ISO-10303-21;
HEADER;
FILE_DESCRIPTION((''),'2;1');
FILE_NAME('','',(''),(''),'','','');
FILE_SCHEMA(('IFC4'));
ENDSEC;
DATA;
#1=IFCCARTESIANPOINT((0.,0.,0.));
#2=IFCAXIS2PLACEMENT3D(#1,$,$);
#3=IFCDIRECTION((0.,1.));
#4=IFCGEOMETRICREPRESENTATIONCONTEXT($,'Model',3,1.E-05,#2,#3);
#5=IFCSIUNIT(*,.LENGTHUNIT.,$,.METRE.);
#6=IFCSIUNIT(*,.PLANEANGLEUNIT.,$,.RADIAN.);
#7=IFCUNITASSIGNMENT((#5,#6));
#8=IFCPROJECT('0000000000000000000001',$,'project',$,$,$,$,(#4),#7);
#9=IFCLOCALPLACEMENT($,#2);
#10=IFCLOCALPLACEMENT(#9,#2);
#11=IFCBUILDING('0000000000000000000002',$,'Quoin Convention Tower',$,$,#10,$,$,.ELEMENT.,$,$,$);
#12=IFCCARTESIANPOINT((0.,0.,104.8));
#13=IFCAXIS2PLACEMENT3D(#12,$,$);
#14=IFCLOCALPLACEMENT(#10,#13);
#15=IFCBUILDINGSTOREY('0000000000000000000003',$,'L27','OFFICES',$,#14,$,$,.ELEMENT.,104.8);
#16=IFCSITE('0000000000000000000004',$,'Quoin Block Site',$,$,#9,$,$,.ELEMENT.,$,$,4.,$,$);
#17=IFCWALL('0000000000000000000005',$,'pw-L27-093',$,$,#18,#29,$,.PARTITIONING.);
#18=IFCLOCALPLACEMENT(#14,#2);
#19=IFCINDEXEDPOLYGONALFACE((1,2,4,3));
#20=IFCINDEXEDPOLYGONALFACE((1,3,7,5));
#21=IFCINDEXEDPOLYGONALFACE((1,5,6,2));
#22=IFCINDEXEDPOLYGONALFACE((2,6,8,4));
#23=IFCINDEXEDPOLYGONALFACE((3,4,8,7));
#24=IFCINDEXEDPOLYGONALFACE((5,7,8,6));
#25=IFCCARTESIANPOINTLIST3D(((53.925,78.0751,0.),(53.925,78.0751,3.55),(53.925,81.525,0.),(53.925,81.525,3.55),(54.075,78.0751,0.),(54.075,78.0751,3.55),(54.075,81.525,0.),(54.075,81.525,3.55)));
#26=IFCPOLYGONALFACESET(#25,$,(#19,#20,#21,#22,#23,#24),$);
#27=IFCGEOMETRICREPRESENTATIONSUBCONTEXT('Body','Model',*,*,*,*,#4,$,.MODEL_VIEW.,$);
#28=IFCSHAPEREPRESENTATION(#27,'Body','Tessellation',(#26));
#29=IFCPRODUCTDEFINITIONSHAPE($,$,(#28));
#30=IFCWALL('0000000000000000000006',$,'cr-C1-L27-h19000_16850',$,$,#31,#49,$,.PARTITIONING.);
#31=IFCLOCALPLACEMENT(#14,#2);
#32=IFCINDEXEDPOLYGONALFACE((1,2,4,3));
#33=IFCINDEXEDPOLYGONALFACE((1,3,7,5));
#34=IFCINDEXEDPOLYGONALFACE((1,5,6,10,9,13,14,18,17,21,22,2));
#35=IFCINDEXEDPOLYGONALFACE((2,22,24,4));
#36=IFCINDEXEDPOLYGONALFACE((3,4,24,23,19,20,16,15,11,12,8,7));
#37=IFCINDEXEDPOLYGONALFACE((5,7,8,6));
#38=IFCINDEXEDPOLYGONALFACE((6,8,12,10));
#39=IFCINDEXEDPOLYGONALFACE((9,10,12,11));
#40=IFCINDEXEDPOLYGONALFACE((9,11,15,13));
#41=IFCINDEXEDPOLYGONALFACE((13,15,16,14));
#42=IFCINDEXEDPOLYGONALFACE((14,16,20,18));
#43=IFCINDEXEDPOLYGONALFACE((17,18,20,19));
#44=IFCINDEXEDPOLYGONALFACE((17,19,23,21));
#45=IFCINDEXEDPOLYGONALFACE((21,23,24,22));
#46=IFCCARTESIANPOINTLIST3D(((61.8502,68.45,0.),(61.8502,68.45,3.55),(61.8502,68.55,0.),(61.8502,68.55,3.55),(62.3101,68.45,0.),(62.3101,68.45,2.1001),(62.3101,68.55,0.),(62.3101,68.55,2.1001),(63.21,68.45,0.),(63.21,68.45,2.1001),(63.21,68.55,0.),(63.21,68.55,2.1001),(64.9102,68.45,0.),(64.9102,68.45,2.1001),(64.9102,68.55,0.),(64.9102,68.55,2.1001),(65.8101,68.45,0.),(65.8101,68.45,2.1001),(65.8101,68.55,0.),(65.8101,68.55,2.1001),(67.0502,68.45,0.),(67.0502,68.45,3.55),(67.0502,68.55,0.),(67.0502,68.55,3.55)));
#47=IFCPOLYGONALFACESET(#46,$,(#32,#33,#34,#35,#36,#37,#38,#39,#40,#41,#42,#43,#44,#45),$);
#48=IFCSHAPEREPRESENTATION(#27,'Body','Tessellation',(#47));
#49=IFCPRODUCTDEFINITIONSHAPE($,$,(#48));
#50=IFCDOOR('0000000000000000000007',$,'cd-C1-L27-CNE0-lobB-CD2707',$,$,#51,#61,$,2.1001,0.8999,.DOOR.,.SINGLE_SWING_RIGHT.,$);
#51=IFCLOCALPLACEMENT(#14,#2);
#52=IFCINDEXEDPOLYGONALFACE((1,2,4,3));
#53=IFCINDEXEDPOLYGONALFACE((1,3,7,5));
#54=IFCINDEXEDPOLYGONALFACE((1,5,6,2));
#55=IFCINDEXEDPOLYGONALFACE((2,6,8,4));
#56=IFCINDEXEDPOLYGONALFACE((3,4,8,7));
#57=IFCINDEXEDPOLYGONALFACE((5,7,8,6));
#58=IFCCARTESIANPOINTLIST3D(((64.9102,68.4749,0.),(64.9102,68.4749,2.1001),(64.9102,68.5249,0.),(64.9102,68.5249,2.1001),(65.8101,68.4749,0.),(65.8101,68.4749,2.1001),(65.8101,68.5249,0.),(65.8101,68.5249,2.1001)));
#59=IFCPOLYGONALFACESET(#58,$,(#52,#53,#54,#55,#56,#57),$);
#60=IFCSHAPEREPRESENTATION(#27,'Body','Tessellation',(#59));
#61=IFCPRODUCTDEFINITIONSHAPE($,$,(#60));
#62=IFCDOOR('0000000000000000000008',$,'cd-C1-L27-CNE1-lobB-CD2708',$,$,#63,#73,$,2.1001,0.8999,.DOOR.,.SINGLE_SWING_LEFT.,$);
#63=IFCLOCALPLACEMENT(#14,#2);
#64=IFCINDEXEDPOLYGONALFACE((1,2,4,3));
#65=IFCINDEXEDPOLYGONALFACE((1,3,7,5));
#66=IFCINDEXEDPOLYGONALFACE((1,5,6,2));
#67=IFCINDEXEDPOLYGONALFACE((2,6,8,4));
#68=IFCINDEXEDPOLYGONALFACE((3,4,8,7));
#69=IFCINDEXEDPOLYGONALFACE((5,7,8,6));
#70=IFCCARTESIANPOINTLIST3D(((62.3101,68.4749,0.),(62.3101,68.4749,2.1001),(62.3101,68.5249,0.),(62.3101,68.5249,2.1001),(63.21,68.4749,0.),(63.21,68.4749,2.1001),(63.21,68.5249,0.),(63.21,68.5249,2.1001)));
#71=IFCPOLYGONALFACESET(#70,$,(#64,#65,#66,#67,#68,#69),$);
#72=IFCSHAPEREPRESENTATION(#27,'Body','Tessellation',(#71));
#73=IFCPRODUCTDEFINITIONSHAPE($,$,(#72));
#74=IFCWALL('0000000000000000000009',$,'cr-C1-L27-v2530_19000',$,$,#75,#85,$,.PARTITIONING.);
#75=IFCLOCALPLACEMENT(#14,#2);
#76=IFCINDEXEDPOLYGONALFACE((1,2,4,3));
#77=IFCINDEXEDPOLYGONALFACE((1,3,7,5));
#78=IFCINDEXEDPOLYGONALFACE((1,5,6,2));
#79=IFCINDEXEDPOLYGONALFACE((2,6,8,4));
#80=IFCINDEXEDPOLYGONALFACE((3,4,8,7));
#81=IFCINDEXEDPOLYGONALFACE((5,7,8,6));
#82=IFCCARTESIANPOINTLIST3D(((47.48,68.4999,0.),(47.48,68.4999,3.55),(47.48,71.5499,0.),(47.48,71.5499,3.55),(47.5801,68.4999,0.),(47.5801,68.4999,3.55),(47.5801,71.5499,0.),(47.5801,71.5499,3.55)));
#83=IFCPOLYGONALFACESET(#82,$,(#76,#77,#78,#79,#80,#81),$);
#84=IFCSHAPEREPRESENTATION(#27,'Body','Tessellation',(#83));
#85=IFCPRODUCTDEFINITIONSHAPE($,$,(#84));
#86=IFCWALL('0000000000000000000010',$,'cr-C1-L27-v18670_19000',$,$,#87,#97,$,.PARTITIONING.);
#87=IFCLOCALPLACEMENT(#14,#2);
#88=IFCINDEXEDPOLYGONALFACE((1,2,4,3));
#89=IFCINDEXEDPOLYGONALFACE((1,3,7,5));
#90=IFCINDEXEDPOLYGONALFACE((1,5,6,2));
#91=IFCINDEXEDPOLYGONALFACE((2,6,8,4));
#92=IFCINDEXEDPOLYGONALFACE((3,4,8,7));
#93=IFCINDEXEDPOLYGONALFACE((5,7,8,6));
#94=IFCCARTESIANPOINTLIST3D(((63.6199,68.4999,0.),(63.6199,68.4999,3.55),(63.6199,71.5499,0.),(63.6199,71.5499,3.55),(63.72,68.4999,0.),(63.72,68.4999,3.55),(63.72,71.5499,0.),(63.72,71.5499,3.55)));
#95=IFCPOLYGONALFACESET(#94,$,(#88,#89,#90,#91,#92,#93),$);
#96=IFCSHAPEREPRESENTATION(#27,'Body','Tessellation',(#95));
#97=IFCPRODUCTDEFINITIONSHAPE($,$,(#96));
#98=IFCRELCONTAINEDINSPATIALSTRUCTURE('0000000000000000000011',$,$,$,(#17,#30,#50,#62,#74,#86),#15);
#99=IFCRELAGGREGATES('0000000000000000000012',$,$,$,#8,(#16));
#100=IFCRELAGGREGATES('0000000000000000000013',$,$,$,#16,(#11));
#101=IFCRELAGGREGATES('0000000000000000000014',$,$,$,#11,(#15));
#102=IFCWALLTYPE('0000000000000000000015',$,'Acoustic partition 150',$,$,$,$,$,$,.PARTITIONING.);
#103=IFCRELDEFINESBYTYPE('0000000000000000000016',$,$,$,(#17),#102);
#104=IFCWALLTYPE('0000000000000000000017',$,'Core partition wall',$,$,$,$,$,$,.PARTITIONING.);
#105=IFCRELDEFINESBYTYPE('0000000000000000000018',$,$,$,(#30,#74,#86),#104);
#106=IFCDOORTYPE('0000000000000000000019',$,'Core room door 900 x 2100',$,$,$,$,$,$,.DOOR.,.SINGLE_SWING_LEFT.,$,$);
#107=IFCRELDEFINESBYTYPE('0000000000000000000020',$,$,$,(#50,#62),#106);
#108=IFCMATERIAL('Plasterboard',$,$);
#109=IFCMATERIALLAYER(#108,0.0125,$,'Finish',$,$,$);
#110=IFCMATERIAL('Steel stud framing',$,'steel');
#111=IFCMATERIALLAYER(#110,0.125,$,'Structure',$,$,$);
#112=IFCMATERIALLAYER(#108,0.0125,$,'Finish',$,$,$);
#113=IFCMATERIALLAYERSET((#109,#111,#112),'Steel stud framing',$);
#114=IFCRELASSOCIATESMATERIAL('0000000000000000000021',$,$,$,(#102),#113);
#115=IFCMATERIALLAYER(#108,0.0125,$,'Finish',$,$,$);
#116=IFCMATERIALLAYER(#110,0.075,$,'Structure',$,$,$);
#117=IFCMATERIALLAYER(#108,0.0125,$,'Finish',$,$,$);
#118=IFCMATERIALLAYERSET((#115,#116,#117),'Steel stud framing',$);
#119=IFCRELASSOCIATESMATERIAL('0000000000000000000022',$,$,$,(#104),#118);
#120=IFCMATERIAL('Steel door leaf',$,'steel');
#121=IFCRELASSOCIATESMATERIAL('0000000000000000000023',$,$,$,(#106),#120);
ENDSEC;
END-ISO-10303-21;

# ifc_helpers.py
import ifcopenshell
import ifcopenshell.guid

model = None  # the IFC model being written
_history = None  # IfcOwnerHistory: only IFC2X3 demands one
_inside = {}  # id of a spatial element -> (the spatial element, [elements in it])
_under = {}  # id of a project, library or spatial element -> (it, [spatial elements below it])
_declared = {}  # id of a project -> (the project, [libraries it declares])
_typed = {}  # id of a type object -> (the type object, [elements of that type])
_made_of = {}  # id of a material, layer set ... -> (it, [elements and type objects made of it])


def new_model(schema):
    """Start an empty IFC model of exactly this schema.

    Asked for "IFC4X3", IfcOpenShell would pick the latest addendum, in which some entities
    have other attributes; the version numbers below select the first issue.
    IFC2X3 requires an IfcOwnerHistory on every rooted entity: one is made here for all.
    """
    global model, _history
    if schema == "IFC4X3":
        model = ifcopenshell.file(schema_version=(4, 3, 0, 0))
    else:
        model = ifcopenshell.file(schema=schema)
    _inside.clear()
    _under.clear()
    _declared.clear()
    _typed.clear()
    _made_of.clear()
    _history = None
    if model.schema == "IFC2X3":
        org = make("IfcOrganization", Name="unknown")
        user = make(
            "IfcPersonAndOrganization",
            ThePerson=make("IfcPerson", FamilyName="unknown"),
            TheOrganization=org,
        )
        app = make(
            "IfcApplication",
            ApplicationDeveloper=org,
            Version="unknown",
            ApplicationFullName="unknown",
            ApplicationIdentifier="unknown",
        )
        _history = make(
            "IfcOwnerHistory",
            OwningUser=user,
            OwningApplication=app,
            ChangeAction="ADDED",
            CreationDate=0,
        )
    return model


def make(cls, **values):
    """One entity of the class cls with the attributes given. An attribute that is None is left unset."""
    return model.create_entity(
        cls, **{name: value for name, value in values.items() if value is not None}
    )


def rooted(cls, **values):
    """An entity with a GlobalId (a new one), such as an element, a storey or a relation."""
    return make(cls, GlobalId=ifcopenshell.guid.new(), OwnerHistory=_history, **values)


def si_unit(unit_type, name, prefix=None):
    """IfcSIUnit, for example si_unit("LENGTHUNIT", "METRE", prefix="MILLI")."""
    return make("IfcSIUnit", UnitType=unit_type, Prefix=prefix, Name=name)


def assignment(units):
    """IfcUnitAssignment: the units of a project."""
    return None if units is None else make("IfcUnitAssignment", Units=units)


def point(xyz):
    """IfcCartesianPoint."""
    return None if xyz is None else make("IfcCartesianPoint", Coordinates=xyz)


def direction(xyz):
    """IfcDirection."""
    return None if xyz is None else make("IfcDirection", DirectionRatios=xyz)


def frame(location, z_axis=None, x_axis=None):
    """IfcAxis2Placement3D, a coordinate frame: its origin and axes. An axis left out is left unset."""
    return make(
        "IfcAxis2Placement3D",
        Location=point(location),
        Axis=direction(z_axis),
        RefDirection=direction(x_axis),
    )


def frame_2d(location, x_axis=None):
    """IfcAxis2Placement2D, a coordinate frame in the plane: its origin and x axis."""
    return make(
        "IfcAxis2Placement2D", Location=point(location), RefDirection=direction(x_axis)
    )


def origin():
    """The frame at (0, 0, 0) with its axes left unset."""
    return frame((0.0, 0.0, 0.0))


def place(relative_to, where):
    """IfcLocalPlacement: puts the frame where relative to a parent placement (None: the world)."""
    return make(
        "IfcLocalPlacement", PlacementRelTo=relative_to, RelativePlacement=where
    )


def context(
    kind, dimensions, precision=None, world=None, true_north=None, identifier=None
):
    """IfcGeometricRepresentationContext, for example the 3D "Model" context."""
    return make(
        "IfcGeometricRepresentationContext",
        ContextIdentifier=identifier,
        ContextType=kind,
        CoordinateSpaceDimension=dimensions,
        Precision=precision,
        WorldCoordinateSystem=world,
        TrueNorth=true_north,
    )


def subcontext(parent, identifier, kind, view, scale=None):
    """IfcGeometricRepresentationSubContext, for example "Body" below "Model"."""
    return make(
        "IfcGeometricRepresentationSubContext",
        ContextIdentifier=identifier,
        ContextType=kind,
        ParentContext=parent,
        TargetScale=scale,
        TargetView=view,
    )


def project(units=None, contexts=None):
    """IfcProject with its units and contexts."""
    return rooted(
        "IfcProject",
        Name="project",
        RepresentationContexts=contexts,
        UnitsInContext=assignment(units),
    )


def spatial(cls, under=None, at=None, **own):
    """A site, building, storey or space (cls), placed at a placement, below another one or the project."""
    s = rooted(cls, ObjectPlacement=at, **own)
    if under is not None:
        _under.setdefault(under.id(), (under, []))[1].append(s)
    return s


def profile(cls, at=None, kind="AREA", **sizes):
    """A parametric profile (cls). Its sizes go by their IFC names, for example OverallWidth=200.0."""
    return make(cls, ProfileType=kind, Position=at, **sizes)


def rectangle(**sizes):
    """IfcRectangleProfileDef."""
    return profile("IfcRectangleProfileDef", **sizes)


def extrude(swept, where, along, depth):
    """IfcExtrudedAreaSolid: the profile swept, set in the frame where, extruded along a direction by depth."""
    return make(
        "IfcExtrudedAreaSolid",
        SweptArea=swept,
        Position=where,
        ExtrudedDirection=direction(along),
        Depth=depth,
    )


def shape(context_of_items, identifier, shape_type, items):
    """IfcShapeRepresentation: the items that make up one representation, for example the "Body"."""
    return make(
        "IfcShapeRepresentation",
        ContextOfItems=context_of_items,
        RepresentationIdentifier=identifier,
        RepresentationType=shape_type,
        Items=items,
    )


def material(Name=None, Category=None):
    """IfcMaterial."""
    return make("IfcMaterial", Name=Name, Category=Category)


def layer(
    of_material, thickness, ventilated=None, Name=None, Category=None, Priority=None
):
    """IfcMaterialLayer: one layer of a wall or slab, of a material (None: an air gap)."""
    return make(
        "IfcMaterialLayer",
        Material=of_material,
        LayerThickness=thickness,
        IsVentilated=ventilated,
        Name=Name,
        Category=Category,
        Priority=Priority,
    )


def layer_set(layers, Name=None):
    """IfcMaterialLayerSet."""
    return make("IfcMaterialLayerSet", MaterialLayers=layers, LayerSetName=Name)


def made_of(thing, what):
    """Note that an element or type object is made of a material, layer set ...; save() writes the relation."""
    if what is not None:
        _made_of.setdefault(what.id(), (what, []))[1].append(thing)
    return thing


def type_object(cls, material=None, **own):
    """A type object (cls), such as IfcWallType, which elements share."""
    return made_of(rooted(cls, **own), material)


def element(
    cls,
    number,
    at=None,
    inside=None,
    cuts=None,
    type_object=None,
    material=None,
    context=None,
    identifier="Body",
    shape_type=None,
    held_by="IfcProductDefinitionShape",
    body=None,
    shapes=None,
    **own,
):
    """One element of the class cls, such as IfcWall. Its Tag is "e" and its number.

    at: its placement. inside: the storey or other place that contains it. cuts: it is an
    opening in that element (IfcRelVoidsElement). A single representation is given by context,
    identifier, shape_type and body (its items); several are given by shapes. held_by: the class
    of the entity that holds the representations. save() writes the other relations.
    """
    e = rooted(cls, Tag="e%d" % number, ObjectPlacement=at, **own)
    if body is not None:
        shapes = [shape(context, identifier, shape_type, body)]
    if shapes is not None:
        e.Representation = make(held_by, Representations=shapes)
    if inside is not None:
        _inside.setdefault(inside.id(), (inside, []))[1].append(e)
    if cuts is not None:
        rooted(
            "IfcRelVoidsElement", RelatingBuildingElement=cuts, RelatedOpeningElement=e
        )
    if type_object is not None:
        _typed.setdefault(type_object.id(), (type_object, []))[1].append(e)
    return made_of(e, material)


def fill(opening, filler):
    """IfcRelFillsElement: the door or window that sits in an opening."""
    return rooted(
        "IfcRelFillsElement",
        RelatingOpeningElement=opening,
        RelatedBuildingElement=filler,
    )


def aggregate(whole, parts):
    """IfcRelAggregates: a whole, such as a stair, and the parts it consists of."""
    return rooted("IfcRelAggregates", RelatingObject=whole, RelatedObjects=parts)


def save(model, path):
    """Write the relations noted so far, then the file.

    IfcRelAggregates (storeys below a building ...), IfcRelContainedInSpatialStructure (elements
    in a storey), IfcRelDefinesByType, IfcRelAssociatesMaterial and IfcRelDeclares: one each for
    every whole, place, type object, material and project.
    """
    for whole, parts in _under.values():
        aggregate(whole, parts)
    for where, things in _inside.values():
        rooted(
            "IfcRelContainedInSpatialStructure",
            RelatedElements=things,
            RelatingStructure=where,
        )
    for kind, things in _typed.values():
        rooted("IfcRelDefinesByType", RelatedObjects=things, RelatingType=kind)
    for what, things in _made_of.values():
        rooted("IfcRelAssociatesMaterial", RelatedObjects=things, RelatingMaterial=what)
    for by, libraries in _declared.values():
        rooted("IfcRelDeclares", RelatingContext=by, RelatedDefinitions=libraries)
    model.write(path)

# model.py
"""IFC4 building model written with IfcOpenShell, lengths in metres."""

from ifc_helpers import new_model, si_unit, direction, frame, frame_2d, origin, place, context, subcontext, project, spatial, rectangle, extrude, material, layer, layer_set, type_object, element, fill, save


model = new_model("IFC4")

# Units and contexts
model_context = context("Model", 3, precision=1e-05, world=origin(), true_north=direction((0.0, 1.0)))
body_context = subcontext(model_context, "Body", "Model", "MODEL_VIEW")
ifc_project = project(units=[si_unit("LENGTHUNIT", "METRE"), si_unit("PLANEANGLEUNIT", "RADIAN")], contexts=[model_context])

# Site, building, storey
site_placement = place(None, origin())
site = spatial("IfcSite", under=ifc_project, at=site_placement, Name="Quoin Block Site", CompositionType="ELEMENT", RefElevation=4.0)
building_placement = place(site_placement, origin())
building = spatial("IfcBuilding", under=site, at=building_placement, Name="Quoin Convention Tower", CompositionType="ELEMENT")
storey_placement = place(building_placement, frame((0.0, 0.0, 104.8)))
storey = spatial("IfcBuildingStorey", under=building, at=storey_placement, Name="L27", Description="OFFICES", CompositionType="ELEMENT", Elevation=104.8)

# Wall
ifc_material_1 = material(Name="Plasterboard")
ifc_layer_1 = layer(ifc_material_1, 0.0125, Name="Finish")
ifc_material_2 = material(Name="Steel stud framing", Category="steel")
ifc_layer_2 = layer(ifc_material_2, 0.125, Name="Structure")
ifc_layer_3 = layer(ifc_material_1, 0.0125, Name="Finish")
ifc_layer_set_1 = layer_set([ifc_layer_1, ifc_layer_2, ifc_layer_3], Name="Steel stud framing")
wall_type_1 = type_object("IfcWallType", Name="Acoustic partition 150", PredefinedType="PARTITIONING", material=ifc_layer_set_1)
wall_1_placement = place(storey_placement, frame((54.0, 78.075, 0.0), z_axis=(0.0, 0.0, 1.0), x_axis=(0.0, 1.0, 0.0)))
element("IfcWall", 1, at=wall_1_placement, inside=storey, type_object=wall_type_1, Name="pw-L27-093", PredefinedType="PARTITIONING", context=body_context, shape_type="SweptSolid", body=[
    extrude(rectangle(XDim=3.45, YDim=0.1499, at=frame_2d((1.7251, 0.0))), origin(), (0.0, 0.0, 1.0), 3.55),
])

# Wall, openings, doors
ifc_layer_4 = layer(ifc_material_1, 0.0125, Name="Finish")
ifc_layer_5 = layer(ifc_material_2, 0.075, Name="Structure")
ifc_layer_6 = layer(ifc_material_1, 0.0125, Name="Finish")
ifc_layer_set_2 = layer_set([ifc_layer_4, ifc_layer_5, ifc_layer_6], Name="Steel stud framing")
wall_type_2 = type_object("IfcWallType", Name="Core partition wall", PredefinedType="PARTITIONING", material=ifc_layer_set_2)
wall_2_placement = place(storey_placement, frame((61.8501, 68.5, 0.0), z_axis=(0.0, 0.0, 1.0), x_axis=(1.0, 0.0, 0.0)))
wall_2 = element("IfcWall", 2, at=wall_2_placement, inside=storey, type_object=wall_type_2, Name="cr-C1-L27-h19000_16850", PredefinedType="PARTITIONING", context=body_context, shape_type="SweptSolid", body=[
    extrude(rectangle(XDim=5.2, YDim=0.1001, at=frame_2d((2.6001, 0.0))), origin(), (0.0, 0.0, 1.0), 3.55),
])
opening_1_placement = place(wall_2_placement, frame((3.0601, 0.0, 0.0)))
opening_1 = element("IfcOpeningElement", 3, at=opening_1_placement, cuts=wall_2, PredefinedType="OPENING", context=body_context, shape_type="SweptSolid", body=[
    extrude(rectangle(XDim=0.8999, YDim=2.1001, at=frame_2d((0.45, 1.05))), frame((0.0, 0.0601, 0.0), z_axis=(0.0, -1.0, 0.0), x_axis=(1.0, 0.0, 0.0)), (0.0, 0.0, 1.0), 0.1201),
])
opening_2_placement = place(wall_2_placement, frame((0.46, 0.0, 0.0)))
opening_2 = element("IfcOpeningElement", 4, at=opening_2_placement, cuts=wall_2, PredefinedType="OPENING", context=body_context, shape_type="SweptSolid", body=[
    extrude(rectangle(XDim=0.8999, YDim=2.1001, at=frame_2d((0.45, 1.05))), frame((0.0, 0.0601, 0.0), z_axis=(0.0, -1.0, 0.0), x_axis=(1.0, 0.0, 0.0)), (0.0, 0.0, 1.0), 0.1201),
])
ifc_material_3 = material(Name="Steel door leaf", Category="steel")
door_type_1 = type_object("IfcDoorType", Name="Core room door 900 x 2100", OperationType="SINGLE_SWING_LEFT", PredefinedType="DOOR", material=ifc_material_3)
door_1_placement = place(opening_1_placement, origin())
door_1 = element("IfcDoor", 5, at=door_1_placement, inside=storey, type_object=door_type_1, Name="cd-C1-L27-CNE0-lobB-CD2707", OperationType="SINGLE_SWING_RIGHT", OverallHeight=2.1001, OverallWidth=0.8999, PredefinedType="DOOR", context=body_context, shape_type="SweptSolid", body=[
    extrude(rectangle(XDim=0.8999, YDim=2.1001, at=frame_2d((0.45, 1.05))), frame((0.0, 0.0249, 0.0), z_axis=(0.0, -1.0, 0.0), x_axis=(1.0, 0.0, 0.0)), (0.0, 0.0, 1.0), 0.05),
])
fill(opening_1, door_1)
door_2_placement = place(opening_2_placement, origin())
door_2 = element("IfcDoor", 6, at=door_2_placement, inside=storey, type_object=door_type_1, Name="cd-C1-L27-CNE1-lobB-CD2708", OperationType="SINGLE_SWING_LEFT", OverallHeight=2.1001, OverallWidth=0.8999, PredefinedType="DOOR", context=body_context, shape_type="SweptSolid", body=[
    extrude(rectangle(XDim=0.8999, YDim=2.1001, at=frame_2d((0.45, 1.05))), frame((0.0, 0.0249, 0.0), z_axis=(0.0, -1.0, 0.0), x_axis=(1.0, 0.0, 0.0)), (0.0, 0.0, 1.0), 0.05),
])
fill(opening_2, door_2)

# Walls
for number, where, z_axis, x_axis, name in (
    (7, (47.53, 68.5, 0.0), (0.0, 0.0, 1.0), (0.0, 1.0, 0.0), "cr-C1-L27-v2530_19000"),
    (8, (63.6699, 68.5, 0.0), (0.0, 0.0, 1.0), (0.0, 1.0, 0.0), "cr-C1-L27-v18670_19000"),
):
    element("IfcWall", number, at=place(storey_placement, frame(where, z_axis=z_axis, x_axis=x_axis)), inside=storey, type_object=wall_type_2, Name=name, PredefinedType="PARTITIONING", context=body_context, shape_type="SweptSolid", body=[
        extrude(rectangle(XDim=3.05, YDim=0.1001, at=frame_2d((1.5249, 0.0))), origin(), (0.0, 0.0, 1.0), 3.55),
    ])

save(model, "model.ifc")
